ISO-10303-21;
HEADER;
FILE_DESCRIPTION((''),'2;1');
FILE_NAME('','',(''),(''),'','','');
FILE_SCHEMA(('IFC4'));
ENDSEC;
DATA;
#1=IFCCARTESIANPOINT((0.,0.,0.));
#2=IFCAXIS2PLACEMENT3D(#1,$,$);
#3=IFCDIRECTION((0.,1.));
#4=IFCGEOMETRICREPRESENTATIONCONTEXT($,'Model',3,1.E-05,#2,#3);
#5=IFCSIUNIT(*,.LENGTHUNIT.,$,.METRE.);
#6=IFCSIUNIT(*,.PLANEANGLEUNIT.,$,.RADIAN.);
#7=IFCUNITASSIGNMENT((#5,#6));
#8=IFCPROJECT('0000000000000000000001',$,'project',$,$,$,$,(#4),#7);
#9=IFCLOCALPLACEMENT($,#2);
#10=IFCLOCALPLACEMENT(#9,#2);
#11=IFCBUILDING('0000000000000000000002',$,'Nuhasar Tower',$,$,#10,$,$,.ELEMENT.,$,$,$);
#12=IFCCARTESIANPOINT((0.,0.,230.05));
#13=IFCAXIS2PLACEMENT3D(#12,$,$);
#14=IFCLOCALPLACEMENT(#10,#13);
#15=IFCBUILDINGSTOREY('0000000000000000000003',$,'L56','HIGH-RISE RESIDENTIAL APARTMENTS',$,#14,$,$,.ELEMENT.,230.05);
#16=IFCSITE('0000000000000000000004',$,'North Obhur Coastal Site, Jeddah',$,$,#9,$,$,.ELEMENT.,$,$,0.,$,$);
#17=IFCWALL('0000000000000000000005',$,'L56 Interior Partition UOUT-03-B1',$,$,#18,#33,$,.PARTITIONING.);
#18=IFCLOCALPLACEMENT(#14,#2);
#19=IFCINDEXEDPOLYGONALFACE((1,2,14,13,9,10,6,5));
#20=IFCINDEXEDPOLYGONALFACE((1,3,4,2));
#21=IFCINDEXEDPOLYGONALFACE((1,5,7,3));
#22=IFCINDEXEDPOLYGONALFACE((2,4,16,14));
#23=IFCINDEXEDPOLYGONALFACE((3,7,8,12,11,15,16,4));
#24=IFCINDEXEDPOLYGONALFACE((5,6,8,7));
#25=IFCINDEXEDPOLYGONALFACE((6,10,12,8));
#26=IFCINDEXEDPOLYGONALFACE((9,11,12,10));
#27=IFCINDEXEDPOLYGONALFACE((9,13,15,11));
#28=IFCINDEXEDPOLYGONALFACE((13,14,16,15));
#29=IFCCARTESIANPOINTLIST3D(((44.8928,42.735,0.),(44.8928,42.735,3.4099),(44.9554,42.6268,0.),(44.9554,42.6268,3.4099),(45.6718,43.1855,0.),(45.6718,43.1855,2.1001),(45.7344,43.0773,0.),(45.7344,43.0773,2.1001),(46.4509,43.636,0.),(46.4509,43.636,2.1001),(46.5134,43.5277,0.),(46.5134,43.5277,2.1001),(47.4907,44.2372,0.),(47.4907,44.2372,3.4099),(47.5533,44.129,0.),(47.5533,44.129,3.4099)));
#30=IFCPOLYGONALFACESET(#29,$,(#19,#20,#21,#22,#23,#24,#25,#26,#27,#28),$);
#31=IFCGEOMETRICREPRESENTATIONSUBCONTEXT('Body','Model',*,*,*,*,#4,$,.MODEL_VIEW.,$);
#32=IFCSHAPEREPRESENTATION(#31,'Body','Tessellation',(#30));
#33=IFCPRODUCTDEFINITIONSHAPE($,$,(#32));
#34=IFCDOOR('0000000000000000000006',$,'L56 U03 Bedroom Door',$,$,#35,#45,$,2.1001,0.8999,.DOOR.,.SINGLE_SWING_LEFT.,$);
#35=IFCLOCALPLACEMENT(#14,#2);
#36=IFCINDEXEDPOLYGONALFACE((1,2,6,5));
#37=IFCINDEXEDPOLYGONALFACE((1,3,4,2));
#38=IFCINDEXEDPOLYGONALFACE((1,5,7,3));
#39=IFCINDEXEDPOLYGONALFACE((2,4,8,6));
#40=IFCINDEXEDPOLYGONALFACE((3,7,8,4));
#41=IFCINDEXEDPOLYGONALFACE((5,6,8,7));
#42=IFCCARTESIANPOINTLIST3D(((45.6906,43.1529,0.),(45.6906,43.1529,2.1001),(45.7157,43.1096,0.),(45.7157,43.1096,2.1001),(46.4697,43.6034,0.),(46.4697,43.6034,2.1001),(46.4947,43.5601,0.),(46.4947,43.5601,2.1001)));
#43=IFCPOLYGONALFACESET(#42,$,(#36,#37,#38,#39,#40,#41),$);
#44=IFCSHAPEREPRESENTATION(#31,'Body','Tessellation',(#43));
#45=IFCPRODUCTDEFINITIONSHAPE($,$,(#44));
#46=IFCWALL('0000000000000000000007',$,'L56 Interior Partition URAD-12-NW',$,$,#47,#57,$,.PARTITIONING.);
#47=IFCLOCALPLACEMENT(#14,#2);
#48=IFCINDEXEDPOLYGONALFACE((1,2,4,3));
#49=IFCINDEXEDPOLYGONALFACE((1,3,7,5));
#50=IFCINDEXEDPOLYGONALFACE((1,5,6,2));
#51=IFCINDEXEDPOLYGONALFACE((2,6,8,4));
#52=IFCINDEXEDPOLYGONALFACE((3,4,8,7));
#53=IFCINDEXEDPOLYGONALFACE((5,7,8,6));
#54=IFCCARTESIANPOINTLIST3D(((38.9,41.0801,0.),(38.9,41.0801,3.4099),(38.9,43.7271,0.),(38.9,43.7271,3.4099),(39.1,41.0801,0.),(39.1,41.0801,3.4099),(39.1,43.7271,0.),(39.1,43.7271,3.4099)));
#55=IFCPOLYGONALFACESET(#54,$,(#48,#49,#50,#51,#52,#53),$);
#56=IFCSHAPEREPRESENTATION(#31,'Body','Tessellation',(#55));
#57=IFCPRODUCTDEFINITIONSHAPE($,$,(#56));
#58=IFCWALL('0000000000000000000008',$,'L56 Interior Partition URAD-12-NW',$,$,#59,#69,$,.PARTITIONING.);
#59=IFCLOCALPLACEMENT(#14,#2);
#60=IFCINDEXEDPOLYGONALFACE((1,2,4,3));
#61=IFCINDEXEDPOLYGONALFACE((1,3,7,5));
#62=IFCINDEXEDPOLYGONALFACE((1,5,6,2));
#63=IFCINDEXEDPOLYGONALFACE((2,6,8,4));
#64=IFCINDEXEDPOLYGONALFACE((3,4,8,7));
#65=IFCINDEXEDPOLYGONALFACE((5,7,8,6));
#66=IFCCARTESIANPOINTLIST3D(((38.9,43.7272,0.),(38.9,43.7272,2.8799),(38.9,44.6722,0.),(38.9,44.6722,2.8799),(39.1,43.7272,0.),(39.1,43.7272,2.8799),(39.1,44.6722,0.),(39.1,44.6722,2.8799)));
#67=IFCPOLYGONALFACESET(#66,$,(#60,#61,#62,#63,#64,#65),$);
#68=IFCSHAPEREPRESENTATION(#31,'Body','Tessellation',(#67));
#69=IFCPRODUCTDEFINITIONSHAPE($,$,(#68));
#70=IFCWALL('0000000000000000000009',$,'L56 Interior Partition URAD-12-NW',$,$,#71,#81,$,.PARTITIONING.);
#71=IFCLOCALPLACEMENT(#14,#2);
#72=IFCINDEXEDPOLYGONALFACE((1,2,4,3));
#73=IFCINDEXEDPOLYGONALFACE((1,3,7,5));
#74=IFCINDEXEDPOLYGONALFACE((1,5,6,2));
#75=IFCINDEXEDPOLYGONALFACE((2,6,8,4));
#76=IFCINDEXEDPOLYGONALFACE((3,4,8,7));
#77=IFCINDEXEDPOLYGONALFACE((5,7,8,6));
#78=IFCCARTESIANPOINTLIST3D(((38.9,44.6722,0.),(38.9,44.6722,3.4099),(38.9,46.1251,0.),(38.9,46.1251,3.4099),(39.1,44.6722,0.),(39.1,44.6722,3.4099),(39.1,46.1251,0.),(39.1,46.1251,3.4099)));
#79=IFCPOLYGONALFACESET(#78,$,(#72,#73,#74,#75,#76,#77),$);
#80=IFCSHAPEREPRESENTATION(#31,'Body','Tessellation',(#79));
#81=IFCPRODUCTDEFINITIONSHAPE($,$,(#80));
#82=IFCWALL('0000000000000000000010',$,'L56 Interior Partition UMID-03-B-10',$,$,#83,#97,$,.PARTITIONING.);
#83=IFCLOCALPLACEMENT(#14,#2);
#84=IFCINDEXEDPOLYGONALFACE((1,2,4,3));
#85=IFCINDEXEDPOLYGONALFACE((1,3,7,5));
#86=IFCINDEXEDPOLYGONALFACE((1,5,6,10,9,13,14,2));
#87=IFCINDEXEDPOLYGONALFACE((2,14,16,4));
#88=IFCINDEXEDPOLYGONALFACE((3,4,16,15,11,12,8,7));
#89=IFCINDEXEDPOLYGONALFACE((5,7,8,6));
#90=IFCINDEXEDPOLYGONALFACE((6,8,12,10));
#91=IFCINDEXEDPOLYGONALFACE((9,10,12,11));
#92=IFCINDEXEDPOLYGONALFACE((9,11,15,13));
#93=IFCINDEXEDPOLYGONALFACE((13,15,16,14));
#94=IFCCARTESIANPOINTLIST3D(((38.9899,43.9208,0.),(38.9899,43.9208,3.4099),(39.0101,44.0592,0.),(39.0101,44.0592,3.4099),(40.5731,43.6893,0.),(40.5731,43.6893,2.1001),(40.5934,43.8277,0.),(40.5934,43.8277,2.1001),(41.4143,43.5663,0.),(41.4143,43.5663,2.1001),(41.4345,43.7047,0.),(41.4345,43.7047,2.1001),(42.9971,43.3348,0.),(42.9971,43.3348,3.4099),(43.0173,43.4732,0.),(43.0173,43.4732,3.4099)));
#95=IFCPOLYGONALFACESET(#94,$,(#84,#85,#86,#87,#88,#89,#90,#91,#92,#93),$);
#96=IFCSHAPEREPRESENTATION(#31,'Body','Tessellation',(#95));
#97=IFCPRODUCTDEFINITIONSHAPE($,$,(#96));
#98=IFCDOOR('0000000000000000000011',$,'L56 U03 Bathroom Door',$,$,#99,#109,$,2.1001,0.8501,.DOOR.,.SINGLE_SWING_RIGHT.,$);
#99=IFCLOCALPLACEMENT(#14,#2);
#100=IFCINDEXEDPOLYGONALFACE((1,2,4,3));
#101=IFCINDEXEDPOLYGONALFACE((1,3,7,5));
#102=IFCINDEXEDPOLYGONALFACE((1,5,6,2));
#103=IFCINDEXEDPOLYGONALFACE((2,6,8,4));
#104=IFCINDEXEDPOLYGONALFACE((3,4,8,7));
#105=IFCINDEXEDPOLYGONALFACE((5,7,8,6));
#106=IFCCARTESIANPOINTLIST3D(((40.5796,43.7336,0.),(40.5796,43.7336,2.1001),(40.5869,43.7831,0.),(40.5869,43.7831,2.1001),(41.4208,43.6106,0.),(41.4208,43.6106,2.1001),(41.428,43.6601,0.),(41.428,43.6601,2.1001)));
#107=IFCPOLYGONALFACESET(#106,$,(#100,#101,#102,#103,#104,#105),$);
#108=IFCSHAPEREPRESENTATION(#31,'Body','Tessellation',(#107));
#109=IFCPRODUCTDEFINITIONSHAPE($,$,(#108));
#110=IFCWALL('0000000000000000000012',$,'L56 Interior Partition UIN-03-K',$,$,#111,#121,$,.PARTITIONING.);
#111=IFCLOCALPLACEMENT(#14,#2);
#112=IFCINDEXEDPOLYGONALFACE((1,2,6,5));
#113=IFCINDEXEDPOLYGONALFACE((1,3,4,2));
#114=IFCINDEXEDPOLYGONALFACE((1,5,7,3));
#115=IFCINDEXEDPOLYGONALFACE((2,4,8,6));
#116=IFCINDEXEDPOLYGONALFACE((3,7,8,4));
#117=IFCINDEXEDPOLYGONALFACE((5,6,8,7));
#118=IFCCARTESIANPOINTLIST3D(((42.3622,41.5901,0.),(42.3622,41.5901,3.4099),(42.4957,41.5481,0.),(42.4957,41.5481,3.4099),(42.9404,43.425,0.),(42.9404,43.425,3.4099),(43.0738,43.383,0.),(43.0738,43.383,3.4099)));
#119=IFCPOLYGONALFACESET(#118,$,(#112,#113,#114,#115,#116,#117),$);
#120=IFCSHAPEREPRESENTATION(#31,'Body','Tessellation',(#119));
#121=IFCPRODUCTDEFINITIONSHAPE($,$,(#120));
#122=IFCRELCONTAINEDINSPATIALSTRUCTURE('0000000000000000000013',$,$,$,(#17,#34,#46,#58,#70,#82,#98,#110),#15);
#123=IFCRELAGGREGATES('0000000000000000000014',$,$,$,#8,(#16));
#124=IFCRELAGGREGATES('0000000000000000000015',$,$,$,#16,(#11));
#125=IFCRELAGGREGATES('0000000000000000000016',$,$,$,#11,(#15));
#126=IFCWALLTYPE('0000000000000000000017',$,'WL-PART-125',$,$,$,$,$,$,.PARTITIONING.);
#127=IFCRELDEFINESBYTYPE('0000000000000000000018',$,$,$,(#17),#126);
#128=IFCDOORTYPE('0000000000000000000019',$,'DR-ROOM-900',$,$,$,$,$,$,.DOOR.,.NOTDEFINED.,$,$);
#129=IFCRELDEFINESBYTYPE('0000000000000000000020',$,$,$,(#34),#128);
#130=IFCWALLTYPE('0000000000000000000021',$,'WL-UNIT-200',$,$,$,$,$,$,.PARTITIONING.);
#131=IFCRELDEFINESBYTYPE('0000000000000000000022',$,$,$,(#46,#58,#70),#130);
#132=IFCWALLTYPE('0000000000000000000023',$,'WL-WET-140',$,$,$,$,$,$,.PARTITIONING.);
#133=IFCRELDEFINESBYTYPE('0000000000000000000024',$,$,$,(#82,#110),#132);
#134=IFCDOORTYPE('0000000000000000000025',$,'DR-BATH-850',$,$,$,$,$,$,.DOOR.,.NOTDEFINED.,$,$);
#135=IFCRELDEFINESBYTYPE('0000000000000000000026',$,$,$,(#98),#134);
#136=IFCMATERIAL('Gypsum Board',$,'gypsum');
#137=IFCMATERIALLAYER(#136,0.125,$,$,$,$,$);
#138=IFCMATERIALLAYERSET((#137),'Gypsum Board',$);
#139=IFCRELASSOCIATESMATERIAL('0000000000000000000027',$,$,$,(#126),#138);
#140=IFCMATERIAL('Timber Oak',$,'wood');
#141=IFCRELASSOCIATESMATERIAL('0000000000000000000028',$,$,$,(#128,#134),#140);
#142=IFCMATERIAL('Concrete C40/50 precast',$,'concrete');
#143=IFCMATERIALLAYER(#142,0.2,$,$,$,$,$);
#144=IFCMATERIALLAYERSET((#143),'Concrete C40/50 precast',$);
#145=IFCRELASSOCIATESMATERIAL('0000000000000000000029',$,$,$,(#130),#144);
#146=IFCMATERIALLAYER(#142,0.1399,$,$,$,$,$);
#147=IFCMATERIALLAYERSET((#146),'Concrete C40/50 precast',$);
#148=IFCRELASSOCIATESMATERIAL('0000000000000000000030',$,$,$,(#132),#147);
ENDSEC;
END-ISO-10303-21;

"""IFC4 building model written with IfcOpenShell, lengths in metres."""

from ifc_helpers import new_model, si_unit, direction, frame, frame_2d, origin, place, context, subcontext, project, spatial, rectangle, extrude, material, layer, layer_set, type_object, element, fill, save


model = new_model("IFC4")

# Units and contexts
model_context = context("Model", 3, precision=1e-05, world=origin(), true_north=direction((0.0, 1.0)))
body_context = subcontext(model_context, "Body", "Model", "MODEL_VIEW")
ifc_project = project(units=[si_unit("LENGTHUNIT", "METRE"), si_unit("PLANEANGLEUNIT", "RADIAN")], contexts=[model_context])

# Site, building, storey
site_placement = place(None, origin())
site = spatial("IfcSite", under=ifc_project, at=site_placement, Name="North Obhur Coastal Site, Jeddah", CompositionType="ELEMENT", RefElevation=0.0)
building_placement = place(site_placement, origin())
building = spatial("IfcBuilding", under=site, at=building_placement, Name="Nuhasar Tower", CompositionType="ELEMENT")
storey_placement = place(building_placement, frame((0.0, 0.0, 230.05)))
storey = spatial("IfcBuildingStorey", under=building, at=storey_placement, Name="L56", Description="HIGH-RISE RESIDENTIAL APARTMENTS", CompositionType="ELEMENT", Elevation=230.05)

# Shared definitions
ifc_material_1 = material(Name="Gypsum Board", Category="gypsum")

# Wall, opening, door
ifc_layer_1 = layer(ifc_material_1, 0.125)
ifc_layer_set_1 = layer_set([ifc_layer_1], Name="Gypsum Board")
wall_type_1 = type_object("IfcWallType", Name="WL-PART-125", PredefinedType="PARTITIONING", material=ifc_layer_set_1)
wall_1_placement = place(storey_placement, frame((44.9241, 42.6809, 0.0), z_axis=(0.0, 0.0, 1.0), x_axis=(0.865694, 0.500574, 0.0)))
wall_1 = element("IfcWall", 1, at=wall_1_placement, inside=storey, type_object=wall_type_1, Name="L56 Interior Partition UOUT-03-B1", PredefinedType="PARTITIONING", context=body_context, shape_type="SweptSolid", body=[
    extrude(rectangle(XDim=3.001, YDim=0.125, at=frame_2d((1.5005, 0.0))), origin(), (0.0, 0.0, 1.0), 3.4099),
])
opening_1_placement = place(wall_1_placement, frame((0.8999, 0.0, 0.0)))
opening_1 = element("IfcOpeningElement", 2, at=opening_1_placement, cuts=wall_1, PredefinedType="OPENING", context=body_context, shape_type="SweptSolid", body=[
    extrude(rectangle(XDim=0.8999, YDim=2.1001, at=frame_2d((0.45, 1.05))), frame((0.0, 0.0725, 0.0), z_axis=(0.0, -1.0, 0.0), x_axis=(1.0, 0.0, 0.0)), (0.0, 0.0, 1.0), 0.145),
])
ifc_material_2 = material(Name="Timber Oak", Category="wood")
door_type_1 = type_object("IfcDoorType", Name="DR-ROOM-900", OperationType="NOTDEFINED", PredefinedType="DOOR", material=ifc_material_2)
door_1_placement = place(opening_1_placement, origin())
door_1 = element("IfcDoor", 3, at=door_1_placement, inside=storey, type_object=door_type_1, Name="L56 U03 Bedroom Door", OperationType="SINGLE_SWING_LEFT", OverallHeight=2.1001, OverallWidth=0.8999, PredefinedType="DOOR", context=body_context, shape_type="SweptSolid", body=[
    extrude(rectangle(XDim=0.8999, YDim=2.1001, at=frame_2d((0.45, 1.05))), frame((0.0, 0.0249, 0.0), z_axis=(0.0, -1.0, 0.0), x_axis=(1.0, 0.0, 0.0)), (0.0, 0.0, 1.0), 0.05),
])
fill(opening_1, door_1)

# Walls
ifc_material_3 = material(Name="Concrete C40/50 precast", Category="concrete")
ifc_layer_2 = layer(ifc_material_3, 0.2)
ifc_layer_set_2 = layer_set([ifc_layer_2], Name="Concrete C40/50 precast")
wall_type_2 = type_object("IfcWallType", Name="WL-UNIT-200", PredefinedType="PARTITIONING", material=ifc_layer_set_2)
wall_2_placement = place(storey_placement, frame((39.0, 41.0801, 0.0), z_axis=(0.0, 0.0, 1.0), x_axis=(0.0, 1.0, 0.0)))
element("IfcWall", 4, at=wall_2_placement, inside=storey, type_object=wall_type_2, Name="L56 Interior Partition URAD-12-NW", PredefinedType="PARTITIONING", context=body_context, shape_type="SweptSolid", body=[
    extrude(rectangle(XDim=2.647, YDim=0.2, at=frame_2d((1.3235, 0.0))), origin(), (0.0, 0.0, 1.0), 3.4099),
])
wall_3_placement = place(storey_placement, frame((39.0, 43.7271, 0.0), z_axis=(0.0, 0.0, 1.0), x_axis=(0.0, 1.0, 0.0)))
element("IfcWall", 5, at=wall_3_placement, inside=storey, type_object=wall_type_2, Name="L56 Interior Partition URAD-12-NW", PredefinedType="PARTITIONING", context=body_context, shape_type="SweptSolid", body=[
    extrude(rectangle(XDim=0.9451, YDim=0.2, at=frame_2d((0.4727, 0.0))), origin(), (0.0, 0.0, 1.0), 2.8799),
])
wall_4_placement = place(storey_placement, frame((39.0, 44.6721, 0.0), z_axis=(0.0, 0.0, 1.0), x_axis=(0.0, 1.0, 0.0)))
element("IfcWall", 6, at=wall_4_placement, inside=storey, type_object=wall_type_2, Name="L56 Interior Partition URAD-12-NW", PredefinedType="PARTITIONING", context=body_context, shape_type="SweptSolid", body=[
    extrude(rectangle(XDim=1.4529, YDim=0.2, at=frame_2d((0.7266, 0.0))), origin(), (0.0, 0.0, 1.0), 3.4099),
])

# Wall, opening, door
ifc_layer_3 = layer(ifc_material_3, 0.1399)
ifc_layer_set_3 = layer_set([ifc_layer_3], Name="Concrete C40/50 precast")
wall_type_3 = type_object("IfcWallType", Name="WL-WET-140", PredefinedType="PARTITIONING", material=ifc_layer_set_3)
wall_5_placement = place(storey_placement, frame((39.0, 43.99, 0.0), z_axis=(0.0, 0.0, 1.0), x_axis=(0.989477, -0.144687, 0.0)))
wall_5 = element("IfcWall", 7, at=wall_5_placement, inside=storey, type_object=wall_type_3, Name="L56 Interior Partition UMID-03-B-10", PredefinedType="PARTITIONING", context=body_context, shape_type="SweptSolid", body=[
    extrude(rectangle(XDim=4.0498, YDim=0.1399, at=frame_2d((2.0249, 0.0))), origin(), (0.0, 0.0, 1.0), 3.4099),
])
opening_2_placement = place(wall_5_placement, frame((1.6001, 0.0, 0.0)))
opening_2 = element("IfcOpeningElement", 8, at=opening_2_placement, cuts=wall_5, PredefinedType="OPENING", context=body_context, shape_type="SweptSolid", body=[
    extrude(rectangle(XDim=0.8501, YDim=2.1001, at=frame_2d((0.425, 1.05))), frame((0.0, 0.0801, 0.0), z_axis=(0.0, -1.0, 0.0), x_axis=(1.0, 0.0, 0.0)), (0.0, 0.0, 1.0), 0.1599),
])
door_type_2 = type_object("IfcDoorType", Name="DR-BATH-850", OperationType="NOTDEFINED", PredefinedType="DOOR", material=ifc_material_2)
door_2_placement = place(opening_2_placement, origin())
door_2 = element("IfcDoor", 9, at=door_2_placement, inside=storey, type_object=door_type_2, Name="L56 U03 Bathroom Door", OperationType="SINGLE_SWING_RIGHT", OverallHeight=2.1001, OverallWidth=0.8501, PredefinedType="DOOR", context=body_context, shape_type="SweptSolid", body=[
    extrude(rectangle(XDim=0.8501, YDim=2.1001, at=frame_2d((0.425, 1.05))), frame((0.0, 0.0249, 0.0), z_axis=(0.0, -1.0, 0.0), x_axis=(1.0, 0.0, 0.0)), (0.0, 0.0, 1.0), 0.05),
])
fill(opening_2, door_2)

# Wall
wall_6_placement = place(storey_placement, frame((42.429, 41.5691, 0.0), z_axis=(0.0, 0.0, 1.0), x_axis=(0.3005, 0.953782, 0.0)))
element("IfcWall", 10, at=wall_6_placement, inside=storey, type_object=wall_type_3, Name="L56 Interior Partition UIN-03-K", PredefinedType="PARTITIONING", context=body_context, shape_type="SweptSolid", body=[
    extrude(rectangle(XDim=1.9238, YDim=0.1399, at=frame_2d((0.9619, 0.0))), origin(), (0.0, 0.0, 1.0), 3.4099),
])

save(model, "model.ifc")
